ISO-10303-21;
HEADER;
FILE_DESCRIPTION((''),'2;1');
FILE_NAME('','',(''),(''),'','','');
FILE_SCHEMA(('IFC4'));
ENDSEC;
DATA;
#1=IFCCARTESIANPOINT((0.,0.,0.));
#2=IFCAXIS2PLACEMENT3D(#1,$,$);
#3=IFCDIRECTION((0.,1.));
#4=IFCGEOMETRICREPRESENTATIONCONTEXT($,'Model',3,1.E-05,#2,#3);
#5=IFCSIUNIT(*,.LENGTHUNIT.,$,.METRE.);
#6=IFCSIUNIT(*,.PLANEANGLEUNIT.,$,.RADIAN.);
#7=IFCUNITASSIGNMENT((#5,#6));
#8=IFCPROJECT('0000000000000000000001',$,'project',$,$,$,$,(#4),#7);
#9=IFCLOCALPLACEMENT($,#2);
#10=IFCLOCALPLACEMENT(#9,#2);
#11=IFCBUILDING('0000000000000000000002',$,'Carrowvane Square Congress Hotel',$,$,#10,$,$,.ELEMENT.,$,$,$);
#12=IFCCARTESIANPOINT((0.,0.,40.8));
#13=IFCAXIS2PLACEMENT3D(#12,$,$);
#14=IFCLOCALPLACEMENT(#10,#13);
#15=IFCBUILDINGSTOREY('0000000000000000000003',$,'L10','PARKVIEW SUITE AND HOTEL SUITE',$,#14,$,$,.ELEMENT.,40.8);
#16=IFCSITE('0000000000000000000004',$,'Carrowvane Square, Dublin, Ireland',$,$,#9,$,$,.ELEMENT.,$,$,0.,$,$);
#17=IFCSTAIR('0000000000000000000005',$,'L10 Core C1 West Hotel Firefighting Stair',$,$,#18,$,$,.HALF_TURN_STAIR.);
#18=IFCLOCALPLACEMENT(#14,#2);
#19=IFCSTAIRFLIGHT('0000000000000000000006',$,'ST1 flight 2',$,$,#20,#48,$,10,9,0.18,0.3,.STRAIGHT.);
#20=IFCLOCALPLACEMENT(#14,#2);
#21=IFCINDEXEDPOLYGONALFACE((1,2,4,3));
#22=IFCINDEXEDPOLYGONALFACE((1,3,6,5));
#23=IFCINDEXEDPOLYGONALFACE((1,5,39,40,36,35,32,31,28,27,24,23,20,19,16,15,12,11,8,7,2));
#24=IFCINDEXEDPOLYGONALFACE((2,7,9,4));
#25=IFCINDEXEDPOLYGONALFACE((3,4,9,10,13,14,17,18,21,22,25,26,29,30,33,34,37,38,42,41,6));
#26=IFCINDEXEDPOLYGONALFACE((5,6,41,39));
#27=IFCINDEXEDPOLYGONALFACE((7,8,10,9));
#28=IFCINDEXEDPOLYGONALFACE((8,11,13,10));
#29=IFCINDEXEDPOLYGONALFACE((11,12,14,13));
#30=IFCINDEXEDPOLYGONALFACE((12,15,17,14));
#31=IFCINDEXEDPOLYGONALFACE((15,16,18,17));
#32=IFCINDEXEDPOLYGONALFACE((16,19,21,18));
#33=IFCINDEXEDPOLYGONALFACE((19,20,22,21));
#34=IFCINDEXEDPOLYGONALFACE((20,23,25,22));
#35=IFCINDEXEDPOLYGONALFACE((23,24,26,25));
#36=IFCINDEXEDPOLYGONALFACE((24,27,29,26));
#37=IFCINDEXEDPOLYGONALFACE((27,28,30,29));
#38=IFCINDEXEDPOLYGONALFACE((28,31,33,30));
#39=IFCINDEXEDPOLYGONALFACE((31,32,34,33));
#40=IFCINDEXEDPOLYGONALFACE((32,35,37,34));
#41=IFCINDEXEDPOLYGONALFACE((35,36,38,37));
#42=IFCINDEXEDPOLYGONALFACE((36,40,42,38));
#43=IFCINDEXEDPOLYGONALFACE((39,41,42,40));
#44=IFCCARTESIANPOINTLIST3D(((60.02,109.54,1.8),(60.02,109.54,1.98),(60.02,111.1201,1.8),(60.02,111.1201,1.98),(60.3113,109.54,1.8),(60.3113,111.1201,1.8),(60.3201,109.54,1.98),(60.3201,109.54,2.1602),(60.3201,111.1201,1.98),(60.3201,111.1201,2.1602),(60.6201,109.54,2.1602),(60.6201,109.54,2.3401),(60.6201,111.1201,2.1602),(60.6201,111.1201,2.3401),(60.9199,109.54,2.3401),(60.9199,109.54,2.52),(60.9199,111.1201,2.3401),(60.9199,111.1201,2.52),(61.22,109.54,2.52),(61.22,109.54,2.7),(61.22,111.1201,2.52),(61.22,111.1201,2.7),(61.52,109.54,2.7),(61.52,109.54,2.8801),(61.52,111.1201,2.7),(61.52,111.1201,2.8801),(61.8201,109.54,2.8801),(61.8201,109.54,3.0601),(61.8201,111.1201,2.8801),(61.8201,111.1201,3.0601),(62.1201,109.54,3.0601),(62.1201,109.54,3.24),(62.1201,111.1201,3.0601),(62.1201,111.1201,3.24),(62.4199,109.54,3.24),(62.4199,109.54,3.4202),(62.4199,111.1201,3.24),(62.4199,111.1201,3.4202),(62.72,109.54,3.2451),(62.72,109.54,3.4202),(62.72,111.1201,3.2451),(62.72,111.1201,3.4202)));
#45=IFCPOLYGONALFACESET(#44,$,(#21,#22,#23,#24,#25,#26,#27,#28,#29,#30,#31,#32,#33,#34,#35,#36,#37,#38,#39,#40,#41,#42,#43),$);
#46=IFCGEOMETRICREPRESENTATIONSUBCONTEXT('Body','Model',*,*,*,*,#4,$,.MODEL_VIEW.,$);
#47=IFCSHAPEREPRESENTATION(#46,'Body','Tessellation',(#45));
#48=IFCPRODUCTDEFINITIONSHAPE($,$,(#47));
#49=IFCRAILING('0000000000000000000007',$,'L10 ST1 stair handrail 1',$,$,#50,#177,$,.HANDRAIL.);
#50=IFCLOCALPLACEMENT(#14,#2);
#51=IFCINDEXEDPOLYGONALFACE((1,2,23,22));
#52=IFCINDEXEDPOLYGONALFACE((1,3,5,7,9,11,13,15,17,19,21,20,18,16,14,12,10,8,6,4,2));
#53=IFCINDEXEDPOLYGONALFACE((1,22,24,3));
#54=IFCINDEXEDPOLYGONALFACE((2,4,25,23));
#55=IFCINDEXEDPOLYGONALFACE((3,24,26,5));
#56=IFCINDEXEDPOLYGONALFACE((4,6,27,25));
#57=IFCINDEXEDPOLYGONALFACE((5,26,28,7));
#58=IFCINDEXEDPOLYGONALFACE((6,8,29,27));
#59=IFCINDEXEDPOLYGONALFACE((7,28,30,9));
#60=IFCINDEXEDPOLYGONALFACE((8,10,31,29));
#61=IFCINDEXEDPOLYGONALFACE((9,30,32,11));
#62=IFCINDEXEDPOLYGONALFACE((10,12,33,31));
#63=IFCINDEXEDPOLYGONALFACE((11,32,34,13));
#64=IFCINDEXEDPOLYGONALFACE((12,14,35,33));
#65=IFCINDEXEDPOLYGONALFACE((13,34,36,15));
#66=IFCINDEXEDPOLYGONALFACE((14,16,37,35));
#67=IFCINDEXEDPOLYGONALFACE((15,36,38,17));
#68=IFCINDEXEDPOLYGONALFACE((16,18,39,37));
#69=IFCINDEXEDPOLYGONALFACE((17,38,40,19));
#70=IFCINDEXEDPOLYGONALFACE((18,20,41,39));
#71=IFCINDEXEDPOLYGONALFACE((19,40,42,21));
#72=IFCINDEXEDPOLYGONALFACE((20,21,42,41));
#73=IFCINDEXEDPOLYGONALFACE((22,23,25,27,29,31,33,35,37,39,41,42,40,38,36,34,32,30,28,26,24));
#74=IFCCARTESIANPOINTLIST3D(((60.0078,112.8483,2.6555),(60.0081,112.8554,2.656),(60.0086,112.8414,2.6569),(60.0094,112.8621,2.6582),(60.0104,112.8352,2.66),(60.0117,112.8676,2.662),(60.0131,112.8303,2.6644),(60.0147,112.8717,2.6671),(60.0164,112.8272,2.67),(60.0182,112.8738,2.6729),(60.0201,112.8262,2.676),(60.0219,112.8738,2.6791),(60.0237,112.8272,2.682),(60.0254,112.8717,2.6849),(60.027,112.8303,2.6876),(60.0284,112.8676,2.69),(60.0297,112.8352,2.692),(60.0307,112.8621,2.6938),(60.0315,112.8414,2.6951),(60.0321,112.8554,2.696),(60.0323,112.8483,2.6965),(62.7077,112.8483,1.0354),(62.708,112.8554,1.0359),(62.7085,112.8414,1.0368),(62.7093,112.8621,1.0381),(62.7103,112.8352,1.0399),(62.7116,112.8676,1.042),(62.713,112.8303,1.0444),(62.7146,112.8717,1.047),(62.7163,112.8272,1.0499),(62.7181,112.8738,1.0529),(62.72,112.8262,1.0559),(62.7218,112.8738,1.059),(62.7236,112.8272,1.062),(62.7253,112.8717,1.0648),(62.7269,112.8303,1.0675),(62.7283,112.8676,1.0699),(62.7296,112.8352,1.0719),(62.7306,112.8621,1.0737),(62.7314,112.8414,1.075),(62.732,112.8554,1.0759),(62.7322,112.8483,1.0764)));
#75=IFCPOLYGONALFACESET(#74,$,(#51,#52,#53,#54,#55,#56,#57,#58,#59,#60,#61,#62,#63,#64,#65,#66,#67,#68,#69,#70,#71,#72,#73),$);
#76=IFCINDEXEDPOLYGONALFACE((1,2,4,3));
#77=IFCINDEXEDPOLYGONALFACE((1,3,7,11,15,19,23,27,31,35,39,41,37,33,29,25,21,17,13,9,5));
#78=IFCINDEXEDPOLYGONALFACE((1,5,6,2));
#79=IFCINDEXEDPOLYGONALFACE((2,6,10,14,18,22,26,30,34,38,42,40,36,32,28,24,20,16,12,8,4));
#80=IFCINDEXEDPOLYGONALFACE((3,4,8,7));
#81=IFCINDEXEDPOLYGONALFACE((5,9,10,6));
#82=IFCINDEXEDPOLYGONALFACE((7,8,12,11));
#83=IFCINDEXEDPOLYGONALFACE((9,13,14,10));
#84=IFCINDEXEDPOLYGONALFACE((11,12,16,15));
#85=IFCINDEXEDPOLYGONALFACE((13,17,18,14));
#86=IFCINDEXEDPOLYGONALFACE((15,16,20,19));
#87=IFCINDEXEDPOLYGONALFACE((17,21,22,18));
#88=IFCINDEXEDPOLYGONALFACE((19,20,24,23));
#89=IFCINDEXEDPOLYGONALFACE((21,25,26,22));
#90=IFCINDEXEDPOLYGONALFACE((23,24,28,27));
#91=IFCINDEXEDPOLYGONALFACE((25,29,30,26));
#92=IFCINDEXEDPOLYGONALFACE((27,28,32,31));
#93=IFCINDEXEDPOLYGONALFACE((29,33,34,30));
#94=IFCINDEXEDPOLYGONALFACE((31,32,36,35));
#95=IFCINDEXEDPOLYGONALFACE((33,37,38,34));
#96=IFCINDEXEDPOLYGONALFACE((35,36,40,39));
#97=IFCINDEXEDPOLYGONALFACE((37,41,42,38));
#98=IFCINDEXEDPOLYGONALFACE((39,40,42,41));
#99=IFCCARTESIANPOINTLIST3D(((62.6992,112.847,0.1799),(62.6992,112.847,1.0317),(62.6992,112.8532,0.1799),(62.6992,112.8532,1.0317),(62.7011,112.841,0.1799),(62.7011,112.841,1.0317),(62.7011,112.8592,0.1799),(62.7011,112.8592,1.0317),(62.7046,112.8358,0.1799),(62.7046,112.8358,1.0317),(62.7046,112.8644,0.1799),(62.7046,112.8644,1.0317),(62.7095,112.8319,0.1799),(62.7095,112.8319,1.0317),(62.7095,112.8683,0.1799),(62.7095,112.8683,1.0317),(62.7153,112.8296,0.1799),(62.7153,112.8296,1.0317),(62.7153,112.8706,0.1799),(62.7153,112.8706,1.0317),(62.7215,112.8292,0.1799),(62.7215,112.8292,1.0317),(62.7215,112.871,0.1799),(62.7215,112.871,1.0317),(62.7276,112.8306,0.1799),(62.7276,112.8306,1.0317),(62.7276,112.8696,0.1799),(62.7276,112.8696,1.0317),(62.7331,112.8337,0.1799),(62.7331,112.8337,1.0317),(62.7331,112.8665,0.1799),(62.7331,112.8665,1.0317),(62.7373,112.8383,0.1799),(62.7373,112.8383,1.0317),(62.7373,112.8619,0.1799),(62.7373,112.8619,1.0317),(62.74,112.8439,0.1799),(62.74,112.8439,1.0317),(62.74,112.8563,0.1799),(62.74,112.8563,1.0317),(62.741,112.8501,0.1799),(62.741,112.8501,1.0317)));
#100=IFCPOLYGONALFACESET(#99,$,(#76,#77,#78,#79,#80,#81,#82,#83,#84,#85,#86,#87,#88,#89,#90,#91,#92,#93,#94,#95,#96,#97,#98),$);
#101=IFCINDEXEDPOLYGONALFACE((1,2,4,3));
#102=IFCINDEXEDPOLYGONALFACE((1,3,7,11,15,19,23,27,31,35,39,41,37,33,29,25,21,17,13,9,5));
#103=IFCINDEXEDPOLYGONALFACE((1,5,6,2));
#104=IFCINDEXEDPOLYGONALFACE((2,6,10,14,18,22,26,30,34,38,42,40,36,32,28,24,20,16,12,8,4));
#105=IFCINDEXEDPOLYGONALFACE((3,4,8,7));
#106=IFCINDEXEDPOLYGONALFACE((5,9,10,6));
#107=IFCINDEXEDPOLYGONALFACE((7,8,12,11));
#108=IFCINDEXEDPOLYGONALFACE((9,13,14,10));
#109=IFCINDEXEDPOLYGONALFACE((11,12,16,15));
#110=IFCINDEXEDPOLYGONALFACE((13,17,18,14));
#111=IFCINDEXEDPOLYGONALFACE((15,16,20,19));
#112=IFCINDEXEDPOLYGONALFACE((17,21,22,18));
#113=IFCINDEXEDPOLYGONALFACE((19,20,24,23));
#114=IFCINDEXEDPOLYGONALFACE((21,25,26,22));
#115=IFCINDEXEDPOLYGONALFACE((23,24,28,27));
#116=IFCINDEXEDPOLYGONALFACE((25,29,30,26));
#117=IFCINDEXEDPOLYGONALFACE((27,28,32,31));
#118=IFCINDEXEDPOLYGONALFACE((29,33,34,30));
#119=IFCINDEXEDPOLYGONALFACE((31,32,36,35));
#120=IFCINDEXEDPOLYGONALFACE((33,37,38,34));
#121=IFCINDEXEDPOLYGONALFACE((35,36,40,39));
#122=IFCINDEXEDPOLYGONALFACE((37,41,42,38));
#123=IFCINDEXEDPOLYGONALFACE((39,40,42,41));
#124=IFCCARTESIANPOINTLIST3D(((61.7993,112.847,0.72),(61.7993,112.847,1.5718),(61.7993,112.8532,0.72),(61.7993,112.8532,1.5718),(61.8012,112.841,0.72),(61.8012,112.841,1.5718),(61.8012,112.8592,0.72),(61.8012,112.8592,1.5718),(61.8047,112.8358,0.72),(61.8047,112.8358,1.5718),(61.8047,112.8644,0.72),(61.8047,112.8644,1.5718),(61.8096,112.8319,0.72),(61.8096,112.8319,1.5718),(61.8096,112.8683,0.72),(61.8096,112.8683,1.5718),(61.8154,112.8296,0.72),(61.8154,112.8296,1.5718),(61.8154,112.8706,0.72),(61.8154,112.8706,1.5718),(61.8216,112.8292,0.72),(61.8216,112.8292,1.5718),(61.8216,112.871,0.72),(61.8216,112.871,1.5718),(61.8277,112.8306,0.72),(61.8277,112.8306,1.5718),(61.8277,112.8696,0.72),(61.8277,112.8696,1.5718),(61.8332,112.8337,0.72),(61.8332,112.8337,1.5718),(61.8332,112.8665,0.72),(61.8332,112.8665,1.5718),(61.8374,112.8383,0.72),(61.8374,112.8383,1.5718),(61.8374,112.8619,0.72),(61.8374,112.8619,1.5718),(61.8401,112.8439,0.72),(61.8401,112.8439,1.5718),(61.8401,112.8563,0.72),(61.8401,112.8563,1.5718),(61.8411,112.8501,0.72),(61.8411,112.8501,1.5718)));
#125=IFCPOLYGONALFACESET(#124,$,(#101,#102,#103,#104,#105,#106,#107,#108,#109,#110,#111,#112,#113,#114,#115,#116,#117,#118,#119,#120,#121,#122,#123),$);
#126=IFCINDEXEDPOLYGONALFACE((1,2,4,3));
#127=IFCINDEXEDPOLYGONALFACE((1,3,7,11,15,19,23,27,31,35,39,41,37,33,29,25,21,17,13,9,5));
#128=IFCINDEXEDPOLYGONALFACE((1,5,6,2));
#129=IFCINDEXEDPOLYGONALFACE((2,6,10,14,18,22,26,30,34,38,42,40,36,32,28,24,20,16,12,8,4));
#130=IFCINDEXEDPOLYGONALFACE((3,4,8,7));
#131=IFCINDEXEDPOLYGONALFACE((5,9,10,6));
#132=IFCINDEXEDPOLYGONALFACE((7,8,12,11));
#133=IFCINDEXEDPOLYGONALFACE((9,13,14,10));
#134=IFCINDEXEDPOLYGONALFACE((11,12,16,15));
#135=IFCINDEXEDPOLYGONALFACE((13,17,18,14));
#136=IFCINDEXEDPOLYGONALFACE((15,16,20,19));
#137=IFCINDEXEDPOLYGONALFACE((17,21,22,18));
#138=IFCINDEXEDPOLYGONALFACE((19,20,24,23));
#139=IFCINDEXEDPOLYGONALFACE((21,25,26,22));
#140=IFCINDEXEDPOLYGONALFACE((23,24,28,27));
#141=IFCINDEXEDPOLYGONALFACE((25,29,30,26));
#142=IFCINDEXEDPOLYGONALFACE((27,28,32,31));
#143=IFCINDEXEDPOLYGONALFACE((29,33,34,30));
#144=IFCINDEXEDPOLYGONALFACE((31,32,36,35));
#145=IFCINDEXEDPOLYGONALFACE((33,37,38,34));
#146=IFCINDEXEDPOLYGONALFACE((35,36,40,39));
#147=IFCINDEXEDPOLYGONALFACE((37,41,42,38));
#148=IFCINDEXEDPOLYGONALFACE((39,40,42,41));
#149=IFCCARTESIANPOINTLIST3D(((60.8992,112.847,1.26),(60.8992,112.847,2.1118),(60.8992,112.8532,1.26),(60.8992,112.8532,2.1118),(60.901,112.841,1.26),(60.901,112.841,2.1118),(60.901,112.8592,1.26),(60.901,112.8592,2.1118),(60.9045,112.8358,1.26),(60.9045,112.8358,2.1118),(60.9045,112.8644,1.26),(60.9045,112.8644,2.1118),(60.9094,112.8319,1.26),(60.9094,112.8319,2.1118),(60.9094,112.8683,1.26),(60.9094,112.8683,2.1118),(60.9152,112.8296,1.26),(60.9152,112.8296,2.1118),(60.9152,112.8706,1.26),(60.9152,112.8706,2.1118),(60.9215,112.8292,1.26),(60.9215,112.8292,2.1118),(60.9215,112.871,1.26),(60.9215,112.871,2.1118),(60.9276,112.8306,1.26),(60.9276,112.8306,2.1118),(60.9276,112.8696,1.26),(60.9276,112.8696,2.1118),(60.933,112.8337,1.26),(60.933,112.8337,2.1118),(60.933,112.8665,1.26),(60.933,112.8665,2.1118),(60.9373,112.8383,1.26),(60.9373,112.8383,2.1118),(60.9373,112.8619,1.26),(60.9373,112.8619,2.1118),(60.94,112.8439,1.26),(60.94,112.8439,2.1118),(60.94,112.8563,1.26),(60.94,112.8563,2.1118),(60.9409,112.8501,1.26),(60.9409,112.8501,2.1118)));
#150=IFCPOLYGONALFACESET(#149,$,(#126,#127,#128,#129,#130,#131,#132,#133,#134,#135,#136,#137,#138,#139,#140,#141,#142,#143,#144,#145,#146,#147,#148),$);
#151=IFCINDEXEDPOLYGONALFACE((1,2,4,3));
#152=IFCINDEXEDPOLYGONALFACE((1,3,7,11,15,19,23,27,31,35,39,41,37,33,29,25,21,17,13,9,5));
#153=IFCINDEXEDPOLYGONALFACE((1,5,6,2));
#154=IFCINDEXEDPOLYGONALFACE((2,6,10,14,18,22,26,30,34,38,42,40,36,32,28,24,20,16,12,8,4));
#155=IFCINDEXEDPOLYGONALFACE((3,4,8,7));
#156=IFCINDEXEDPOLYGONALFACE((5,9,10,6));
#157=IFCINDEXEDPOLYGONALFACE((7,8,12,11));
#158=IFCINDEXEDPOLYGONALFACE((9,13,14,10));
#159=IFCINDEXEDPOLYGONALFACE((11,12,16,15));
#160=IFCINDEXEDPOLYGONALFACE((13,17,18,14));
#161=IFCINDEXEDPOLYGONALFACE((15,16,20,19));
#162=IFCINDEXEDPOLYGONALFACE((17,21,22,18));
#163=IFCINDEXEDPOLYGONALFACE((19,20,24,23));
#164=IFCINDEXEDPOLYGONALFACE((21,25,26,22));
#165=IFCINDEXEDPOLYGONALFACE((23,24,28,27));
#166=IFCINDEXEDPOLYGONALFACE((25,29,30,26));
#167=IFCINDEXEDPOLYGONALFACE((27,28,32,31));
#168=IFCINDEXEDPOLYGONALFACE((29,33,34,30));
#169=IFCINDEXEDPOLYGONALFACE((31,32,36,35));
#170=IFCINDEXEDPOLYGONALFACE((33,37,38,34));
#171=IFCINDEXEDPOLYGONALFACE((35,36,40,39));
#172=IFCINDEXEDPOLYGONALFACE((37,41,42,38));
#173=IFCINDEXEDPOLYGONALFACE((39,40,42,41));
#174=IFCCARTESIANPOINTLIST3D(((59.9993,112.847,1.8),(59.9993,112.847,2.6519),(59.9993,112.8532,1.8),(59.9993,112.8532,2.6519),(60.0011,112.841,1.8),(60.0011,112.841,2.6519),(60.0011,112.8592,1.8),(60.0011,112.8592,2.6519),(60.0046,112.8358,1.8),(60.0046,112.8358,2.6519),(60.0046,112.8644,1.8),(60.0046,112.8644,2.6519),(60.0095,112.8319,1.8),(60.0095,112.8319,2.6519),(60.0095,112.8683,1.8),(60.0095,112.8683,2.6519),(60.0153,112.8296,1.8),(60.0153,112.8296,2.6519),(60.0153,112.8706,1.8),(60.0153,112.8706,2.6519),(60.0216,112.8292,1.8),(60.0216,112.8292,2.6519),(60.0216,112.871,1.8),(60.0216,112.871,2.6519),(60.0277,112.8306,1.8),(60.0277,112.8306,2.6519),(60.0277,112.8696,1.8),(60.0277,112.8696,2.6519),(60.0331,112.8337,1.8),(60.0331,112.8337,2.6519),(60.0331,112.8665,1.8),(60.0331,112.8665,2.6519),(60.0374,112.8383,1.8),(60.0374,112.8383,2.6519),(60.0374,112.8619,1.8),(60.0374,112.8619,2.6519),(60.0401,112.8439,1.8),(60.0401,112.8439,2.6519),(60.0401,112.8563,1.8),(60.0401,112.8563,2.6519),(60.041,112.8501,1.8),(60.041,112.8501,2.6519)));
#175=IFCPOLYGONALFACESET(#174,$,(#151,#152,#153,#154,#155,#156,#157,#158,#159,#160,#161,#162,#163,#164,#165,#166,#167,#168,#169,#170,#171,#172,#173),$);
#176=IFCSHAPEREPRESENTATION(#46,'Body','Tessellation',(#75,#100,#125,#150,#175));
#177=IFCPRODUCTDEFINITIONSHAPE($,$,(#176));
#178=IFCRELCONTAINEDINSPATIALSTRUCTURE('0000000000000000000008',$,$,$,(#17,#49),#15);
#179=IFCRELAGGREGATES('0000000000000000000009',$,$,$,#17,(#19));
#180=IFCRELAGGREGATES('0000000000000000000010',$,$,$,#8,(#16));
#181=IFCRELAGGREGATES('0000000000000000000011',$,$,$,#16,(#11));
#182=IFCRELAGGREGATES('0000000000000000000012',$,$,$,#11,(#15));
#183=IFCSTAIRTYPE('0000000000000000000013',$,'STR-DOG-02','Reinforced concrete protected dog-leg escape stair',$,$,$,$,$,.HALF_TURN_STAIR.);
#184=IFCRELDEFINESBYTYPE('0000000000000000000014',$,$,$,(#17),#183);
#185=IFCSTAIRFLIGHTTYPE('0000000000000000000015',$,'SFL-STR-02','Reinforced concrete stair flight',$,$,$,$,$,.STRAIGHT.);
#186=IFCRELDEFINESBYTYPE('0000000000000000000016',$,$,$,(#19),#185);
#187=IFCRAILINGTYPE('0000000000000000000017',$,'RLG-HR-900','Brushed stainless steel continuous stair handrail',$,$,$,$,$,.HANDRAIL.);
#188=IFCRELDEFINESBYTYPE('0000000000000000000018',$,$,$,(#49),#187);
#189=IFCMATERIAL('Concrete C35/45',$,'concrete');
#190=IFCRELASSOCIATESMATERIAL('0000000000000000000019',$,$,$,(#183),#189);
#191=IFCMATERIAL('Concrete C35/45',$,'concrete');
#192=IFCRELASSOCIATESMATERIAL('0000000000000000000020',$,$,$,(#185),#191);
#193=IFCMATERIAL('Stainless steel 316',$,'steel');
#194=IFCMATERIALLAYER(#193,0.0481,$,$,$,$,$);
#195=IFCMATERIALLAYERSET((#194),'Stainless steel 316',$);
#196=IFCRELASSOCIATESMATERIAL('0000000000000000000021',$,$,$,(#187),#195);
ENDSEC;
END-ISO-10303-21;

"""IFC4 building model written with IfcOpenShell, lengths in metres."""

from ifc_helpers import new_model, si_unit, direction, frame, origin, origin_2d, place, context, subcontext, project, spatial, polyline, circle, outline, extrude, material, layer, layer_set, type_object, element, aggregate, save


model = new_model("IFC4")

# Units and contexts
model_context = context("Model", 3, precision=1e-05, world=origin(), true_north=direction((0.0, 1.0)))
body_context = subcontext(model_context, "Body", "Model", "MODEL_VIEW")
ifc_project = project(units=[si_unit("LENGTHUNIT", "METRE"), si_unit("PLANEANGLEUNIT", "RADIAN")], contexts=[model_context])

# Site, building, storey
site_placement = place(None, origin())
site = spatial("IfcSite", under=ifc_project, at=site_placement, Name="Carrowvane Square, Dublin, Ireland", CompositionType="ELEMENT", RefElevation=0.0)
building_placement = place(site_placement, origin())
building = spatial("IfcBuilding", under=site, at=building_placement, Name="Carrowvane Square Congress Hotel", CompositionType="ELEMENT")
storey_placement = place(building_placement, frame((0.0, 0.0, 40.8)))
storey = spatial("IfcBuildingStorey", under=building, at=storey_placement, Name="L10", Description="PARKVIEW SUITE AND HOTEL SUITE", CompositionType="ELEMENT", Elevation=40.8)

# Stair, stair flight
ifc_material_1 = material(Name="Concrete C35/45", Category="concrete")
stair_type = type_object("IfcStairType", Name="STR-DOG-02", Description="Reinforced concrete protected dog-leg escape stair", PredefinedType="HALF_TURN_STAIR", material=ifc_material_1)
stair_placement = place(storey_placement, origin())
stair = element("IfcStair", 1, at=stair_placement, inside=storey, type_object=stair_type, Name="L10 Core C1 West Hotel Firefighting Stair", PredefinedType="HALF_TURN_STAIR")
ifc_material_2 = material(Name="Concrete C35/45", Category="concrete")
stair_flight_type = type_object("IfcStairFlightType", Name="SFL-STR-02", Description="Reinforced concrete stair flight", PredefinedType="STRAIGHT", material=ifc_material_2)
stair_flight_1_placement = place(storey_placement, frame((60.02, 110.3301, 1.8), z_axis=(0.0, 0.0, 1.0), x_axis=(1.0, 0.0, 0.0)))
stair_flight_1 = element("IfcStairFlight", 2, at=stair_flight_1_placement, type_object=stair_flight_type, Name="ST1 flight 2", NumberOfRisers=10, NumberOfTreads=9, PredefinedType="STRAIGHT", RiserHeight=0.18, TreadLength=0.3, context=body_context, shape_type="SweptSolid", body=[
    extrude(outline(polyline([(0.0, 0.0), (0.0, 0.1799), (0.3, 0.1799), (0.3, 0.3601), (0.6001, 0.3601), (0.6001, 0.54), (0.8999, 0.54), (0.8999, 0.72), (1.2, 0.72), (1.2, 0.8999), (1.5, 0.8999), (1.5, 1.0801), (1.8, 1.0801), (1.8, 1.26), (2.1001, 1.26), (2.1001, 1.4399), (2.3999, 1.4399), (2.3999, 1.6201), (2.7, 1.6201), (2.7, 1.8), (2.7, 1.4451), (0.2913, 0.0), (0.0, 0.0)])), frame((0.0, 0.79, 0.0), z_axis=(0.0, -1.0, 0.0), x_axis=(1.0, 0.0, 0.0)), (0.0, 0.0, 1.0), 1.5801),
])
aggregate(stair, [stair_flight_1])

# Railing
ifc_material_3 = material(Name="Stainless steel 316", Category="steel")
ifc_layer_1 = layer(ifc_material_3, 0.0481)
ifc_layer_set_1 = layer_set([ifc_layer_1], Name="Stainless steel 316")
railing_type_1 = type_object("IfcRailingType", Name="RLG-HR-900", Description="Brushed stainless steel continuous stair handrail", PredefinedType="HANDRAIL", material=ifc_layer_set_1)
railing_1_placement = place(storey_placement, frame((62.72, 112.8501, 0.1799)))
element("IfcRailing", 3, at=railing_1_placement, inside=storey, type_object=railing_type_1, Name="L10 ST1 stair handrail 1", PredefinedType="HANDRAIL", context=body_context, shape_type="SweptSolid", body=[
    extrude(circle(Radius=0.0239, at=origin_2d()), frame((0.0, 0.0, 0.876), z_axis=(-0.857472, 0.0, 0.51453), x_axis=(0.0, -1.0, 0.0)), (0.0, 0.0, 1.0), 3.1487),
    extrude(circle(Radius=0.021, at=origin_2d()), origin(), (0.0, 0.0, 1.0), 0.8518),
    extrude(circle(Radius=0.021, at=origin_2d()), frame((-0.8999, 0.0, 0.54)), (0.0, 0.0, 1.0), 0.8518),
    extrude(circle(Radius=0.021, at=origin_2d()), frame((-1.8, 0.0, 1.0801)), (0.0, 0.0, 1.0), 0.8518),
    extrude(circle(Radius=0.021, at=origin_2d()), frame((-2.7, 0.0, 1.6201)), (0.0, 0.0, 1.0), 0.8518),
])

save(model, "model.ifc")
